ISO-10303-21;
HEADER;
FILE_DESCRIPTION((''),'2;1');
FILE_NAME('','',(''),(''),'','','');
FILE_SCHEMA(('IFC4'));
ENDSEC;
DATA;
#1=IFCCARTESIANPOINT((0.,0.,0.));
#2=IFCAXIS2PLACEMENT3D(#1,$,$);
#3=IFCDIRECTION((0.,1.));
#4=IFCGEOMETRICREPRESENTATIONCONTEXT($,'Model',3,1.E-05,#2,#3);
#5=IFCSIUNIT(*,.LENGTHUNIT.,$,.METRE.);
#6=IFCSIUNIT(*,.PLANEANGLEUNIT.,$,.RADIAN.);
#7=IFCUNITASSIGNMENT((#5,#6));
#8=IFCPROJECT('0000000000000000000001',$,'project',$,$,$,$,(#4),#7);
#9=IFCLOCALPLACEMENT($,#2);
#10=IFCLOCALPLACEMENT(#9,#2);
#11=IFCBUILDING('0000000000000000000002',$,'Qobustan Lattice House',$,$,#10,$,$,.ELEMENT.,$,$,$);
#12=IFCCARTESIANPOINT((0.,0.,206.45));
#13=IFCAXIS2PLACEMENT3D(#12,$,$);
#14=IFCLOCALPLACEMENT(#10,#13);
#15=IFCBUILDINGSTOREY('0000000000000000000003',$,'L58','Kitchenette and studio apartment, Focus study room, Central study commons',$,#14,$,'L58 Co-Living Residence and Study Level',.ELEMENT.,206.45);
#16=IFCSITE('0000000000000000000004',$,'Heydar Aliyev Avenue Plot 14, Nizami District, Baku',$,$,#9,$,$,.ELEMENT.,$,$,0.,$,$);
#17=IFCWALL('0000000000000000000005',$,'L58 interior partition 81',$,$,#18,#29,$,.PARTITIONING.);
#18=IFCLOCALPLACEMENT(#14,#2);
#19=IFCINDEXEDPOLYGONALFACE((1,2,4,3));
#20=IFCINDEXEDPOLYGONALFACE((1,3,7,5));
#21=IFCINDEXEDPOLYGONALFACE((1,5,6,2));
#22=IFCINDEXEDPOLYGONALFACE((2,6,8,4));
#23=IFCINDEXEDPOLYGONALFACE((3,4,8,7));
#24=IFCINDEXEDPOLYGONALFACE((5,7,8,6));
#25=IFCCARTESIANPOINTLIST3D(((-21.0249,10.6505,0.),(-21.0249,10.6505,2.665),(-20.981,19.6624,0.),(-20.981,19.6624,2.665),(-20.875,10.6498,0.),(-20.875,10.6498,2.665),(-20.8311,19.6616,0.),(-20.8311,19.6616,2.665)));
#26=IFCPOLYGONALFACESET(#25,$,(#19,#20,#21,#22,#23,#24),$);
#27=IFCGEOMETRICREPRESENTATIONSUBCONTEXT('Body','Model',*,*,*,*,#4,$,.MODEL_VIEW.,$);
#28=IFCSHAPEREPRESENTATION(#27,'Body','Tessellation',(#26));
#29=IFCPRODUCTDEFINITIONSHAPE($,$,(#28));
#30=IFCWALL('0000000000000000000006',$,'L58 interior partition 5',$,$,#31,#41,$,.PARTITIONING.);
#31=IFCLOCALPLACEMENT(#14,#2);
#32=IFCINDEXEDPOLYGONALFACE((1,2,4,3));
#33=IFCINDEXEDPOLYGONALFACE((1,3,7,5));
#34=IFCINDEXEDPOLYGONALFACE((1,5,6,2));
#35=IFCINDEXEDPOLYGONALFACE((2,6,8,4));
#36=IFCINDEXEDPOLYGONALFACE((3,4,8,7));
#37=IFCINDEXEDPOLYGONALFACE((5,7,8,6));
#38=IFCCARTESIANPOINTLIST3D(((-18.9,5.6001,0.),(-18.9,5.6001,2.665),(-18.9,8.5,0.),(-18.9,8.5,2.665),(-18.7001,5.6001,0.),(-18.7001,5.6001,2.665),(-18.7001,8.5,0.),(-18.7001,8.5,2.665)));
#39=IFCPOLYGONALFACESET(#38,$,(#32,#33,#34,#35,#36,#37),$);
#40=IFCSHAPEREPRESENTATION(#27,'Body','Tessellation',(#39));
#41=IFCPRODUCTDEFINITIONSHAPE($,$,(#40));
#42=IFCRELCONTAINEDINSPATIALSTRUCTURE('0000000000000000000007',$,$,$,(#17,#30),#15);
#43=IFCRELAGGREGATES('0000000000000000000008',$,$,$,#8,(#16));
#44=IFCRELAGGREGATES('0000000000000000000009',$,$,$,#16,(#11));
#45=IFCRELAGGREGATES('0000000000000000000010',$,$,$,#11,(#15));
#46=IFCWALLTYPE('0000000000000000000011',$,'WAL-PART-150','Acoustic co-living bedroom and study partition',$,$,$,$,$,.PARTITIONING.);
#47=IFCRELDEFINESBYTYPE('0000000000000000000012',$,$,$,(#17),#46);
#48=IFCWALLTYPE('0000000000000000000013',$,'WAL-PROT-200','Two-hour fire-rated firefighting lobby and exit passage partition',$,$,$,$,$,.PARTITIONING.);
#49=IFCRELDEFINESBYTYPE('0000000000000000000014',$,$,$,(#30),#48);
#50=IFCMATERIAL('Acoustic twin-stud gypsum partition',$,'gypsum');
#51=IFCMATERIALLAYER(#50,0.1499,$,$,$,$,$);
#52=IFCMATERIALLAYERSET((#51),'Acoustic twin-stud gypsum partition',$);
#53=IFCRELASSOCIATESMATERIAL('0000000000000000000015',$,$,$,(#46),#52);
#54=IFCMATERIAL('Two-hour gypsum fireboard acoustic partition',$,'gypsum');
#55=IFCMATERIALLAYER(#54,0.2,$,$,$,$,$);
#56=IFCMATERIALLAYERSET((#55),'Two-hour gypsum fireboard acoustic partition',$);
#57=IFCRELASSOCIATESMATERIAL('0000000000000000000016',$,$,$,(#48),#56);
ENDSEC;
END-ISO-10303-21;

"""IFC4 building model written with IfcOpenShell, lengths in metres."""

from ifc_helpers import new_model, si_unit, direction, frame, frame_2d, origin, place, context, subcontext, project, spatial, rectangle, extrude, material, layer, layer_set, type_object, element, save


model = new_model("IFC4")

# Units and contexts
model_context = context("Model", 3, precision=1e-05, world=origin(), true_north=direction((0.0, 1.0)))
body_context = subcontext(model_context, "Body", "Model", "MODEL_VIEW")
ifc_project = project(units=[si_unit("LENGTHUNIT", "METRE"), si_unit("PLANEANGLEUNIT", "RADIAN")], contexts=[model_context])

# Site, building, storey
site_placement = place(None, origin())
site = spatial("IfcSite", under=ifc_project, at=site_placement, Name="Heydar Aliyev Avenue Plot 14, Nizami District, Baku", CompositionType="ELEMENT", RefElevation=0.0)
building_placement = place(site_placement, origin())
building = spatial("IfcBuilding", under=site, at=building_placement, Name="Qobustan Lattice House", CompositionType="ELEMENT")
storey_placement = place(building_placement, frame((0.0, 0.0, 206.45)))
storey = spatial("IfcBuildingStorey", under=building, at=storey_placement, Name="L58", Description="Kitchenette and studio apartment, Focus study room, Central study commons", LongName="L58 Co-Living Residence and Study Level", CompositionType="ELEMENT", Elevation=206.45)

# Shared definitions
ifc_material_1 = material(Name="Acoustic twin-stud gypsum partition", Category="gypsum")
ifc_layer_1 = layer(ifc_material_1, 0.1499)
ifc_layer_set_1 = layer_set([ifc_layer_1], Name="Acoustic twin-stud gypsum partition")
wall_type_1 = type_object("IfcWallType", Name="WAL-PART-150", Description="Acoustic co-living bedroom and study partition", PredefinedType="PARTITIONING", material=ifc_layer_set_1)

# Walls
wall_1_placement = place(storey_placement, frame((-20.906, 19.6619, 0.0), z_axis=(0.0, 0.0, 1.0), x_axis=(-0.004876, -0.999988, 0.0)))
element("IfcWall", 1, at=wall_1_placement, inside=storey, type_object=wall_type_1, Name="L58 interior partition 81", PredefinedType="PARTITIONING", context=body_context, shape_type="SweptSolid", body=[
    extrude(rectangle(XDim=9.012, YDim=0.1499, at=frame_2d((4.5059, 0.0))), origin(), (0.0, 0.0, 1.0), 2.665),
])
ifc_material_2 = material(Name="Two-hour gypsum fireboard acoustic partition", Category="gypsum")
ifc_layer_2 = layer(ifc_material_2, 0.2)
ifc_layer_set_2 = layer_set([ifc_layer_2], Name="Two-hour gypsum fireboard acoustic partition")
wall_type_2 = type_object("IfcWallType", Name="WAL-PROT-200", Description="Two-hour fire-rated firefighting lobby and exit passage partition", PredefinedType="PARTITIONING", material=ifc_layer_set_2)
wall_2_placement = place(storey_placement, frame((-18.8, 8.5, 0.0), z_axis=(0.0, 0.0, 1.0), x_axis=(0.0, -1.0, 0.0)))
element("IfcWall", 2, at=wall_2_placement, inside=storey, type_object=wall_type_2, Name="L58 interior partition 5", PredefinedType="PARTITIONING", context=body_context, shape_type="SweptSolid", body=[
    extrude(rectangle(XDim=2.8999, YDim=0.2, at=frame_2d((1.45, 0.0))), origin(), (0.0, 0.0, 1.0), 2.665),
])

save(model, "model.ifc")
